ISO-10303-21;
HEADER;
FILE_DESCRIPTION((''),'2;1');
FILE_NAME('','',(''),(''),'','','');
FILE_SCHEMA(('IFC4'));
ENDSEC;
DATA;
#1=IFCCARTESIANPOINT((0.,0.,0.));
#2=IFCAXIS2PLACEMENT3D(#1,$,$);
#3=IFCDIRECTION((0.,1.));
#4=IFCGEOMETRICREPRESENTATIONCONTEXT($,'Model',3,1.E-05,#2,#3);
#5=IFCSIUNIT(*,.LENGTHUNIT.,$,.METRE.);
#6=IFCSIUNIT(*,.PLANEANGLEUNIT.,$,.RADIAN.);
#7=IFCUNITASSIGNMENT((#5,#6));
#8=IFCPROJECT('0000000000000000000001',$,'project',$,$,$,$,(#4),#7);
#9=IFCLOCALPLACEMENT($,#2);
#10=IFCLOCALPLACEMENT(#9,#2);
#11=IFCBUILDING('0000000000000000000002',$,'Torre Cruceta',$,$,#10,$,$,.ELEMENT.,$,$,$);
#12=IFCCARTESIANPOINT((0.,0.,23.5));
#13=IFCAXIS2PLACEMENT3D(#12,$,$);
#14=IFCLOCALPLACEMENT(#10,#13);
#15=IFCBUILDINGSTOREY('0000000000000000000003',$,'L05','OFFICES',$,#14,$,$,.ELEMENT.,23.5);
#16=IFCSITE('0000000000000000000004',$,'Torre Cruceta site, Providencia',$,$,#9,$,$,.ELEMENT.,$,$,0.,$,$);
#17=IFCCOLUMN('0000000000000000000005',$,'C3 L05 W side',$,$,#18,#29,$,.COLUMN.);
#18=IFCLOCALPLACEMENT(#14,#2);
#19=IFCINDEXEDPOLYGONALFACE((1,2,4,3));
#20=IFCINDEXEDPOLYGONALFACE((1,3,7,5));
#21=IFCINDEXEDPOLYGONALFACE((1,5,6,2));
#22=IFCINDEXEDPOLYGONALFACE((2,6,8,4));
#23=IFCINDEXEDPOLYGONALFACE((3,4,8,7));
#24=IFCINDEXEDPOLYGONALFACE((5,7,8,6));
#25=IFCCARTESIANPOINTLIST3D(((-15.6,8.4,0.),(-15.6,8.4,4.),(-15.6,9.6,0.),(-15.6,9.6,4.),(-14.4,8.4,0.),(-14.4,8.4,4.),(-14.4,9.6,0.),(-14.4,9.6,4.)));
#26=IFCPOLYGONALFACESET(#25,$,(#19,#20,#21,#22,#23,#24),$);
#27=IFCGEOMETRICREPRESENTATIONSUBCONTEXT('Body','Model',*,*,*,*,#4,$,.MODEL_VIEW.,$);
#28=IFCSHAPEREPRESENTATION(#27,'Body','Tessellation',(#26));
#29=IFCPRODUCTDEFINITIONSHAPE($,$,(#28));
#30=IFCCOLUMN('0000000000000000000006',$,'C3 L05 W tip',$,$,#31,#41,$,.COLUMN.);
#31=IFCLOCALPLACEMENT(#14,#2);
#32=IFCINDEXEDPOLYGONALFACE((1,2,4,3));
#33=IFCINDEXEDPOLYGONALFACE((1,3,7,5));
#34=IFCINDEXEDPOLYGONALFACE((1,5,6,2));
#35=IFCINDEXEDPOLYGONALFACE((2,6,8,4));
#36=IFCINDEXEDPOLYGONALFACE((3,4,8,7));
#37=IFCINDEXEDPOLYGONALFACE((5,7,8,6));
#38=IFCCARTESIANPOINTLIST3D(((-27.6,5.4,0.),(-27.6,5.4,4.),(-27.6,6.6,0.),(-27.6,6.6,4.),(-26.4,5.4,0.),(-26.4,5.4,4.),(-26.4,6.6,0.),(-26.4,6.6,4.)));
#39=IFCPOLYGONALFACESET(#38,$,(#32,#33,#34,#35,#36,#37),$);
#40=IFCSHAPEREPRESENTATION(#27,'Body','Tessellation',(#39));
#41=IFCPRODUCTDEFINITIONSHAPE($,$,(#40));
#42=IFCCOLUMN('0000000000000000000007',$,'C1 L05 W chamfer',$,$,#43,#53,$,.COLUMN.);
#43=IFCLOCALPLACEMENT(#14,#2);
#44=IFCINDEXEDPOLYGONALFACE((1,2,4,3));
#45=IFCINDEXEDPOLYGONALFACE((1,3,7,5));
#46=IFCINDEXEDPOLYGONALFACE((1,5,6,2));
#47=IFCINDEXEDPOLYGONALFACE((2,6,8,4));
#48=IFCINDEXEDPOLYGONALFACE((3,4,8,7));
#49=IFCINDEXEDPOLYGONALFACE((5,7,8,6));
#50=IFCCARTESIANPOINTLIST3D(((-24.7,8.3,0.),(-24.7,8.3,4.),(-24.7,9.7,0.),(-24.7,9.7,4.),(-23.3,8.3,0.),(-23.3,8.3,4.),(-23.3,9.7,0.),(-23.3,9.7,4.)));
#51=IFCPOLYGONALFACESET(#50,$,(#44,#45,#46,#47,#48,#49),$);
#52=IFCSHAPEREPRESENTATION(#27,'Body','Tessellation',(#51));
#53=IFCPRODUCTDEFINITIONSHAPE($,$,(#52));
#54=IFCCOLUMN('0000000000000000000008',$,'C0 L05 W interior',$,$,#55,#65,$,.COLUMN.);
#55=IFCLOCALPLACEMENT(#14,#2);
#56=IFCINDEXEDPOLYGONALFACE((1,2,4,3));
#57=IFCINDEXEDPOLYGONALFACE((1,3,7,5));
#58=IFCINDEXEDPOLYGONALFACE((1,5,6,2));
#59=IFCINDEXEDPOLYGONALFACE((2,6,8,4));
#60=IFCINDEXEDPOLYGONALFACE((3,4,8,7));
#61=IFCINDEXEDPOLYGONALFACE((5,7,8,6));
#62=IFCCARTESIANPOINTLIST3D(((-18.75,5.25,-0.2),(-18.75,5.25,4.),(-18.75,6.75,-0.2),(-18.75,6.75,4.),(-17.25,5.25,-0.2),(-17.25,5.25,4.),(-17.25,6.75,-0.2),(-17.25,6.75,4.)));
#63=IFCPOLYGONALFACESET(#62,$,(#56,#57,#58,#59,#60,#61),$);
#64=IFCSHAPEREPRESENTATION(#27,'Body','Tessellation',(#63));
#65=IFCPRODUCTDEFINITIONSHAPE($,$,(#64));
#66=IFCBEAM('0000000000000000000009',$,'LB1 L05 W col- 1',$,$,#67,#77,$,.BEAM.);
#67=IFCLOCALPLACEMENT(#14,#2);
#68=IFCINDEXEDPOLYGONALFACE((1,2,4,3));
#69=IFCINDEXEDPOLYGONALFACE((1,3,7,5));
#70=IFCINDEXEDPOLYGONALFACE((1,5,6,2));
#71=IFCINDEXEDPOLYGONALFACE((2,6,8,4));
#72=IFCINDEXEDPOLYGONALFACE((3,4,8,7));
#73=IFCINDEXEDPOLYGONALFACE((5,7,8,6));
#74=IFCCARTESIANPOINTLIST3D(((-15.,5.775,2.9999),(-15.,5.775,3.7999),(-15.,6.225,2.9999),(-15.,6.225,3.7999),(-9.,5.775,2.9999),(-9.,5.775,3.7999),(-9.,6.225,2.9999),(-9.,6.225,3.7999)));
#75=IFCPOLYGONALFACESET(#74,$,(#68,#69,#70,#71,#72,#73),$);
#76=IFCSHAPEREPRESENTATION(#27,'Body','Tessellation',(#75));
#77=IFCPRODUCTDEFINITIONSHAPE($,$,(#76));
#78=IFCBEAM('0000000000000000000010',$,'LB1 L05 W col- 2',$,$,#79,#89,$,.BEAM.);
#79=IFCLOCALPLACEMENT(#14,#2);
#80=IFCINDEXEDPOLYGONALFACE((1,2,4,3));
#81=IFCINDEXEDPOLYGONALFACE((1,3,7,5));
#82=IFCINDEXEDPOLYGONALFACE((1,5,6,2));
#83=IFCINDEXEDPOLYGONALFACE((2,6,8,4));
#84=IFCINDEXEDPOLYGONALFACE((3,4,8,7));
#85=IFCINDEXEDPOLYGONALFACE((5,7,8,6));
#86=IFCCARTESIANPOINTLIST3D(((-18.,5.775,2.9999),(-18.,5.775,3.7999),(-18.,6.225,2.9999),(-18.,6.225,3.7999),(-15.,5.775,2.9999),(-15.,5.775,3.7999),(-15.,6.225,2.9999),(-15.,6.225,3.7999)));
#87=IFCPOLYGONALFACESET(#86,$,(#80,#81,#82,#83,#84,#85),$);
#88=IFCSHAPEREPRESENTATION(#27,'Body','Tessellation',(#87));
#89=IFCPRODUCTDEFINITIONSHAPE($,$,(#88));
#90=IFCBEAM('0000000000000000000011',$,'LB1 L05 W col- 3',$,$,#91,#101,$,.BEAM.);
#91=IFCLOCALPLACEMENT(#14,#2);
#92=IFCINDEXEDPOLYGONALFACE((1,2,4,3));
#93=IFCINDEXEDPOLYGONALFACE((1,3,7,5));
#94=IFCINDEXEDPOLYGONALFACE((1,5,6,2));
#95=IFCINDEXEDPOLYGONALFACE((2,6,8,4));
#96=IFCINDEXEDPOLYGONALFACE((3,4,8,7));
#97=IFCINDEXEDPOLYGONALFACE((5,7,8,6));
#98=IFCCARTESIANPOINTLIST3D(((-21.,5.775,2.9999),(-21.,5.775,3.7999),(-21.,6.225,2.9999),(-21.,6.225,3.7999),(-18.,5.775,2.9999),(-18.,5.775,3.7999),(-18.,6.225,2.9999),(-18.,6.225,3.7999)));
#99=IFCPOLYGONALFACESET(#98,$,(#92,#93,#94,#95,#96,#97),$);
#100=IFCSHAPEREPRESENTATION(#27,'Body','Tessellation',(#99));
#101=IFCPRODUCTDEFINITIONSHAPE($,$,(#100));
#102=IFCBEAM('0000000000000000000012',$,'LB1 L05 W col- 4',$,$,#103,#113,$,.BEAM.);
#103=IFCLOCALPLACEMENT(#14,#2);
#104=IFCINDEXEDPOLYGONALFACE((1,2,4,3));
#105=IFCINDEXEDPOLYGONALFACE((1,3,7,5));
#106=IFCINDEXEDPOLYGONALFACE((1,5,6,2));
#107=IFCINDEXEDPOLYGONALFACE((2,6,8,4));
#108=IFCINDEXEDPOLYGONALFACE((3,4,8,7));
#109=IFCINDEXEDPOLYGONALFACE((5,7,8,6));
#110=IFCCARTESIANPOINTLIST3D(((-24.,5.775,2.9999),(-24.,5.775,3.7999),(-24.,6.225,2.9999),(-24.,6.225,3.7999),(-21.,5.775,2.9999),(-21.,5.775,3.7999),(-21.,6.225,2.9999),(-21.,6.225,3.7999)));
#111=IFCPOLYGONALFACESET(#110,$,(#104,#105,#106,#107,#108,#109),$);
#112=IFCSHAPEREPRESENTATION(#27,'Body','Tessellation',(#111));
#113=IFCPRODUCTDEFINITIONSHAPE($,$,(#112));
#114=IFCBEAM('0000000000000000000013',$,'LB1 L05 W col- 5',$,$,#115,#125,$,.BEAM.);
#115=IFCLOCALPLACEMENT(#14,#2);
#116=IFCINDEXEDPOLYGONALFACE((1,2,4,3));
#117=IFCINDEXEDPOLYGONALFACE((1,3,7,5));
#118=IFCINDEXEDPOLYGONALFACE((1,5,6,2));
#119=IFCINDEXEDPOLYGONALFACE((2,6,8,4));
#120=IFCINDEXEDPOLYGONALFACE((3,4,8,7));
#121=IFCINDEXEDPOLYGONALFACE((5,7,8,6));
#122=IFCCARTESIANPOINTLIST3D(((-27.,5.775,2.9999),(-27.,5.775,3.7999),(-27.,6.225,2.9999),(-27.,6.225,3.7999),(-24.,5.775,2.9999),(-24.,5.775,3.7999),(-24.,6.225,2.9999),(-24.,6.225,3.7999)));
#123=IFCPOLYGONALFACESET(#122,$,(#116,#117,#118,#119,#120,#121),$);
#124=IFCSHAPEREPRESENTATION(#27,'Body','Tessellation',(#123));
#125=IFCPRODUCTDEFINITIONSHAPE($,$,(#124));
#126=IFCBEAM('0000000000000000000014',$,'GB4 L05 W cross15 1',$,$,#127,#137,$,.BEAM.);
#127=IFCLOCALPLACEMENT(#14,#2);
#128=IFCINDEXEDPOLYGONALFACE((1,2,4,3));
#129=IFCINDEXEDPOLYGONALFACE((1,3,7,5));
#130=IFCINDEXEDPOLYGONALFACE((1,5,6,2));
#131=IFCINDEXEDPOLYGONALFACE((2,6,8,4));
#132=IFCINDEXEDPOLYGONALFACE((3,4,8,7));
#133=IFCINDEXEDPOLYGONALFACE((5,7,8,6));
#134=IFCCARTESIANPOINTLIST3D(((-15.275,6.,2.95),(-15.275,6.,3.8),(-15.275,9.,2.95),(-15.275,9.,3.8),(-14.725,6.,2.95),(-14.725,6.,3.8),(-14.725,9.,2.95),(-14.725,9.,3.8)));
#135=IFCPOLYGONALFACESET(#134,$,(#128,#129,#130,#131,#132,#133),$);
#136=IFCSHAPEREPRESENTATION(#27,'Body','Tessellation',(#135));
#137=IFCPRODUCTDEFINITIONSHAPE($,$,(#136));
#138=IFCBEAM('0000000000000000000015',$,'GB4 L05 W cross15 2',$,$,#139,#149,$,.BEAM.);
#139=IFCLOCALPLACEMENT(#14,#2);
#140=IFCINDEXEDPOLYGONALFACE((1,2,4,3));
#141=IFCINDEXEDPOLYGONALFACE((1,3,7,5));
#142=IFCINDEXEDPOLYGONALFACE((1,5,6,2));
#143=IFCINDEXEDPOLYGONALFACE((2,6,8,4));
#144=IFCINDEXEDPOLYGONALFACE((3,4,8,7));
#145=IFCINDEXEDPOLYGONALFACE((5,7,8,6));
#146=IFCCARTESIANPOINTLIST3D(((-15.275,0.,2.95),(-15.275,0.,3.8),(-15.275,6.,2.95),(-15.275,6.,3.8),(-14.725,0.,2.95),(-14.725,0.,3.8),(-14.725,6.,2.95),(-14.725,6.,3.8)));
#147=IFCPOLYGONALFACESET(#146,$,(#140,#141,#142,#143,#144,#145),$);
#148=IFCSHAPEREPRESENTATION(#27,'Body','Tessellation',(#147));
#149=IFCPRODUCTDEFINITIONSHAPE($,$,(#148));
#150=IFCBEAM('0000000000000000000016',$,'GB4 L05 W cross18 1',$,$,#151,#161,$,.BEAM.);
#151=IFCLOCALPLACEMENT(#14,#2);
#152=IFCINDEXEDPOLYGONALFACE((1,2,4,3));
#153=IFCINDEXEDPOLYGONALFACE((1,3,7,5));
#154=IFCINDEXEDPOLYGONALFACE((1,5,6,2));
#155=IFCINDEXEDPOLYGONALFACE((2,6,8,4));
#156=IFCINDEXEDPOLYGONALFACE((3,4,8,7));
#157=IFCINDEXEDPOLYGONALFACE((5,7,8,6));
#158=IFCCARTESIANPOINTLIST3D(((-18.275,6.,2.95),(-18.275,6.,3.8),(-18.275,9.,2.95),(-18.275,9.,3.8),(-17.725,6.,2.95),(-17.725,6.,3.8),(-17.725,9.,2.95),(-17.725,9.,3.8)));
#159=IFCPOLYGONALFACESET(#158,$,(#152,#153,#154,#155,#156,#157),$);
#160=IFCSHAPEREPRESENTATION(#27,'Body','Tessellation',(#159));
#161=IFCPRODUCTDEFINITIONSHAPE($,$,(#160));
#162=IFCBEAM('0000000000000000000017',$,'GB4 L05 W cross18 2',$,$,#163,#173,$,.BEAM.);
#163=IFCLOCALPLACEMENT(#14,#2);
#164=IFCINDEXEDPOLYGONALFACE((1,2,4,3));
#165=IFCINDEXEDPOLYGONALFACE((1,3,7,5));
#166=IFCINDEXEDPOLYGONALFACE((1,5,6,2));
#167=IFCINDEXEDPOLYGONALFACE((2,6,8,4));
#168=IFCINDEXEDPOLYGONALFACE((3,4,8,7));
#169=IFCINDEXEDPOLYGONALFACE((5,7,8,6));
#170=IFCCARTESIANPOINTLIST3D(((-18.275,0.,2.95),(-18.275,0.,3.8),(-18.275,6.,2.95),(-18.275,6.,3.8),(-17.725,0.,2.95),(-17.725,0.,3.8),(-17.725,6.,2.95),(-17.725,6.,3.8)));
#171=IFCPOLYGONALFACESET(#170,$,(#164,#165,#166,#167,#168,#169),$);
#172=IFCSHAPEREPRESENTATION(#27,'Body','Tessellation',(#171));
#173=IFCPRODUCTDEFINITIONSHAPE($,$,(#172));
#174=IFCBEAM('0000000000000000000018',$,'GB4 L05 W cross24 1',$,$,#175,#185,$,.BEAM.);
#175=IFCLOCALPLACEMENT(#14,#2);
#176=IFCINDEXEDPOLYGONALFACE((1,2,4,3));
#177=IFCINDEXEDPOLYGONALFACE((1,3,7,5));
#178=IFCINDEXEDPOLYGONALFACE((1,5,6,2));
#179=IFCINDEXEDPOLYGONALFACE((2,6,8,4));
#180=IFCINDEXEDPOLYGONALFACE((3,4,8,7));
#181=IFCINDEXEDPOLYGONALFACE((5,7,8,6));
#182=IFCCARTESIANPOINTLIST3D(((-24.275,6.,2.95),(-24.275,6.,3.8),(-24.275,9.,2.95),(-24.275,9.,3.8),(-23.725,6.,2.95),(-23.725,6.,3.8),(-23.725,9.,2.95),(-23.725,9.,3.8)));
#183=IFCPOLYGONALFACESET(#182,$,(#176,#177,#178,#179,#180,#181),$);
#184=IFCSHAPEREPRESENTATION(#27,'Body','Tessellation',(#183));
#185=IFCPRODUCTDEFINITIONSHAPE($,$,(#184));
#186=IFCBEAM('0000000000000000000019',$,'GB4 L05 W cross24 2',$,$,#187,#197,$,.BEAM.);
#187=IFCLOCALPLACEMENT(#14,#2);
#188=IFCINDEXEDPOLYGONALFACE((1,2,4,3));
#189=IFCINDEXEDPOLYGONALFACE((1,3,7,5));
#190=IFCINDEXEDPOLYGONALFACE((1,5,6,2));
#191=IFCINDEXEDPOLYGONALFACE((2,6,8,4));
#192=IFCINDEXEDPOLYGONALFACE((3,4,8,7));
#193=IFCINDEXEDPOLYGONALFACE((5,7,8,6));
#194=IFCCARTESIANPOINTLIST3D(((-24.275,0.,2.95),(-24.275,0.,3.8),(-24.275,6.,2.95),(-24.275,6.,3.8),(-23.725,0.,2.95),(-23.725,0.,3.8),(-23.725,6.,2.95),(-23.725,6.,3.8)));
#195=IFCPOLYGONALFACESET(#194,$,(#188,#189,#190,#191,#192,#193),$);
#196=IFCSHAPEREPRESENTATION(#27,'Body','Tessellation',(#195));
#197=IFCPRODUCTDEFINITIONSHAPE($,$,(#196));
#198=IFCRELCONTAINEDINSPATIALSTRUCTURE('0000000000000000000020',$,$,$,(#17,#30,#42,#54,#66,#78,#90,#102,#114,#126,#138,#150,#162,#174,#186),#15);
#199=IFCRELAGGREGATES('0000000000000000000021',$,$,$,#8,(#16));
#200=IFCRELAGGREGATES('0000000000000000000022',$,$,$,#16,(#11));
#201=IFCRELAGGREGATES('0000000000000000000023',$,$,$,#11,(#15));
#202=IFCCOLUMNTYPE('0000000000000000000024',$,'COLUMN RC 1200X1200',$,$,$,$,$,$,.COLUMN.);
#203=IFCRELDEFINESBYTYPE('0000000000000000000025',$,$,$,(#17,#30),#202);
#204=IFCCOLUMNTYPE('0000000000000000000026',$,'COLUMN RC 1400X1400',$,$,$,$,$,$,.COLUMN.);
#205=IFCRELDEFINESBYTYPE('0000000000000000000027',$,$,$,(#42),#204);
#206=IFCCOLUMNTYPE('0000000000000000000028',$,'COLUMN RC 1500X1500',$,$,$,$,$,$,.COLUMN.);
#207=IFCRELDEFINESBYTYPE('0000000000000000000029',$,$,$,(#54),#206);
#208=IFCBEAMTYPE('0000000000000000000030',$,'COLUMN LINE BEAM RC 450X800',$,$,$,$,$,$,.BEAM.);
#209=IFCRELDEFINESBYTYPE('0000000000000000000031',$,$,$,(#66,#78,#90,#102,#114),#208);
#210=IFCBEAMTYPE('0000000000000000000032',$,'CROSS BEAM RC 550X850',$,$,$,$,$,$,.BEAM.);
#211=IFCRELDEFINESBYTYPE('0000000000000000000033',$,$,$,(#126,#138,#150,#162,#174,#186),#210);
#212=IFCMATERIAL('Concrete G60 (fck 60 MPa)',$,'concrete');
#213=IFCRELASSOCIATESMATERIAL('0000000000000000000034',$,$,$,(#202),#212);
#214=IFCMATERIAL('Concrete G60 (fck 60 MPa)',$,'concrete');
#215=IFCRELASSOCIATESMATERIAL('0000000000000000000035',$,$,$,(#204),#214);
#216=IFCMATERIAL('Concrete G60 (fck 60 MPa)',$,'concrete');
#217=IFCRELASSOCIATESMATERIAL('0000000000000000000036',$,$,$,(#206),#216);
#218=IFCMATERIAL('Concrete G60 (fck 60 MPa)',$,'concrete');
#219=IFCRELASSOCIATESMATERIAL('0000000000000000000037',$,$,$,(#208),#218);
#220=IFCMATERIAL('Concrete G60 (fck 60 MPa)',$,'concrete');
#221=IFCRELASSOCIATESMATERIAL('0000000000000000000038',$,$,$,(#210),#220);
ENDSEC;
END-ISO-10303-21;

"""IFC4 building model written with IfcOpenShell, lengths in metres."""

from ifc_helpers import new_model, si_unit, direction, frame, origin, origin_2d, place, context, subcontext, project, spatial, rectangle, extrude, material, material_profile, profile_set, type_object, element, save


model = new_model("IFC4")

# Units and contexts
model_context = context("Model", 3, precision=1e-05, world=origin(), true_north=direction((0.0, 1.0)))
body_context = subcontext(model_context, "Body", "Model", "MODEL_VIEW")
ifc_project = project(units=[si_unit("LENGTHUNIT", "METRE"), si_unit("PLANEANGLEUNIT", "RADIAN")], contexts=[model_context])

# Site, building, storey
site_placement = place(None, origin())
site = spatial("IfcSite", under=ifc_project, at=site_placement, Name="Torre Cruceta site, Providencia", CompositionType="ELEMENT", RefElevation=0.0)
building_placement = place(site_placement, origin())
building = spatial("IfcBuilding", under=site, at=building_placement, Name="Torre Cruceta", CompositionType="ELEMENT")
storey_placement = place(building_placement, frame((0.0, 0.0, 23.5)))
storey = spatial("IfcBuildingStorey", under=building, at=storey_placement, Name="L05", Description="OFFICES", CompositionType="ELEMENT", Elevation=23.5)

# Columns
ifc_material_1 = material(Name="Concrete G60 (fck 60 MPa)", Category="concrete")
ifc_material_profile_1 = material_profile(ifc_material_1, rectangle(XDim=1.2, YDim=1.2, at=origin_2d()), Name="RC 1200X1200")
ifc_profile_set_1 = profile_set([ifc_material_profile_1], Name="Concrete G60 (fck 60 MPa)")
column_type_1 = type_object("IfcColumnType", Name="COLUMN RC 1200X1200", PredefinedType="COLUMN", material=ifc_profile_set_1)
for number, where, z_axis, x_axis, name in (
    (1, (-15.0, 9.0, 0.0), (0.0, 0.0, 1.0), (1.0, 0.0, 0.0), "C3 L05 W side"),
    (2, (-27.0, 6.0, 0.0), (0.0, 0.0, 1.0), (1.0, 0.0, 0.0), "C3 L05 W tip"),
):
    element("IfcColumn", number, at=place(storey_placement, frame(where, z_axis=z_axis, x_axis=x_axis)), inside=storey, type_object=column_type_1, Name=name, PredefinedType="COLUMN", context=body_context, shape_type="SweptSolid", body=[
        extrude(rectangle(XDim=1.2, YDim=1.2, at=origin_2d()), origin(), (0.0, 0.0, 1.0), 4.0),
    ])
ifc_material_2 = material(Name="Concrete G60 (fck 60 MPa)", Category="concrete")
ifc_material_profile_2 = material_profile(ifc_material_2, rectangle(XDim=1.3999, YDim=1.3999, at=origin_2d()), Name="RC 1400X1400")
ifc_profile_set_2 = profile_set([ifc_material_profile_2], Name="Concrete G60 (fck 60 MPa)")
column_type_2 = type_object("IfcColumnType", Name="COLUMN RC 1400X1400", PredefinedType="COLUMN", material=ifc_profile_set_2)
column_1_placement = place(storey_placement, frame((-24.0, 9.0, 0.0), z_axis=(0.0, 0.0, 1.0), x_axis=(1.0, 0.0, 0.0)))
element("IfcColumn", 3, at=column_1_placement, inside=storey, type_object=column_type_2, Name="C1 L05 W chamfer", PredefinedType="COLUMN", context=body_context, shape_type="SweptSolid", body=[
    extrude(rectangle(XDim=1.3999, YDim=1.3999, at=origin_2d()), origin(), (0.0, 0.0, 1.0), 4.0),
])
ifc_material_3 = material(Name="Concrete G60 (fck 60 MPa)", Category="concrete")
ifc_material_profile_3 = material_profile(ifc_material_3, rectangle(XDim=1.5, YDim=1.5, at=origin_2d()), Name="RC 1500X1500")
ifc_profile_set_3 = profile_set([ifc_material_profile_3], Name="Concrete G60 (fck 60 MPa)")
column_type_3 = type_object("IfcColumnType", Name="COLUMN RC 1500X1500", PredefinedType="COLUMN", material=ifc_profile_set_3)
column_2_placement = place(storey_placement, frame((-18.0, 6.0, -0.2), z_axis=(0.0, 0.0, 1.0), x_axis=(1.0, 0.0, 0.0)))
element("IfcColumn", 4, at=column_2_placement, inside=storey, type_object=column_type_3, Name="C0 L05 W interior", PredefinedType="COLUMN", context=body_context, shape_type="SweptSolid", body=[
    extrude(rectangle(XDim=1.5, YDim=1.5, at=origin_2d()), origin(), (0.0, 0.0, 1.0), 4.2),
])

# Beams
ifc_material_4 = material(Name="Concrete G60 (fck 60 MPa)", Category="concrete")
ifc_material_profile_4 = material_profile(ifc_material_4, rectangle(XDim=0.45, YDim=0.8, at=origin_2d()), Name="RC 450X800")
ifc_profile_set_4 = profile_set([ifc_material_profile_4], Name="Concrete G60 (fck 60 MPa)")
beam_type_1 = type_object("IfcBeamType", Name="COLUMN LINE BEAM RC 450X800", PredefinedType="BEAM", material=ifc_profile_set_4)
beam_1_placement = place(storey_placement, frame((-9.0, 6.0, 3.3999), z_axis=(-1.0, 0.0, 0.0), x_axis=(0.0, -1.0, 0.0)))
element("IfcBeam", 5, at=beam_1_placement, inside=storey, type_object=beam_type_1, Name="LB1 L05 W col- 1", PredefinedType="BEAM", context=body_context, shape_type="SweptSolid", body=[
    extrude(rectangle(XDim=0.45, YDim=0.8, at=origin_2d()), origin(), (0.0, 0.0, 1.0), 6.0),
])
for number, where, z_axis, x_axis, name in (
    (6, (-15.0, 6.0, 3.3999), (-1.0, 0.0, 0.0), (0.0, -1.0, 0.0), "LB1 L05 W col- 2"),
    (7, (-18.0, 6.0, 3.3999), (-1.0, 0.0, 0.0), (0.0, -1.0, 0.0), "LB1 L05 W col- 3"),
    (8, (-21.0, 6.0, 3.3999), (-1.0, 0.0, 0.0), (0.0, -1.0, 0.0), "LB1 L05 W col- 4"),
    (9, (-24.0, 6.0, 3.3999), (-1.0, 0.0, 0.0), (0.0, -1.0, 0.0), "LB1 L05 W col- 5"),
):
    element("IfcBeam", number, at=place(storey_placement, frame(where, z_axis=z_axis, x_axis=x_axis)), inside=storey, type_object=beam_type_1, Name=name, PredefinedType="BEAM", context=body_context, shape_type="SweptSolid", body=[
        extrude(rectangle(XDim=0.45, YDim=0.8, at=origin_2d()), origin(), (0.0, 0.0, 1.0), 3.0),
    ])
ifc_material_5 = material(Name="Concrete G60 (fck 60 MPa)", Category="concrete")
ifc_material_profile_5 = material_profile(ifc_material_5, rectangle(XDim=0.55, YDim=0.8501, at=origin_2d()), Name="RC 550X850")
ifc_profile_set_5 = profile_set([ifc_material_profile_5], Name="Concrete G60 (fck 60 MPa)")
beam_type_2 = type_object("IfcBeamType", Name="CROSS BEAM RC 550X850", PredefinedType="BEAM", material=ifc_profile_set_5)
beam_2_placement = place(storey_placement, frame((-15.0, 9.0, 3.375), z_axis=(0.0, -1.0, 0.0), x_axis=(1.0, 0.0, 0.0)))
element("IfcBeam", 10, at=beam_2_placement, inside=storey, type_object=beam_type_2, Name="GB4 L05 W cross15 1", PredefinedType="BEAM", context=body_context, shape_type="SweptSolid", body=[
    extrude(rectangle(XDim=0.55, YDim=0.8501, at=origin_2d()), origin(), (0.0, 0.0, 1.0), 3.0),
])
beam_3_placement = place(storey_placement, frame((-15.0, 6.0, 3.375), z_axis=(0.0, -1.0, 0.0), x_axis=(1.0, 0.0, 0.0)))
element("IfcBeam", 11, at=beam_3_placement, inside=storey, type_object=beam_type_2, Name="GB4 L05 W cross15 2", PredefinedType="BEAM", context=body_context, shape_type="SweptSolid", body=[
    extrude(rectangle(XDim=0.55, YDim=0.8501, at=origin_2d()), origin(), (0.0, 0.0, 1.0), 6.0),
])
beam_4_placement = place(storey_placement, frame((-18.0, 9.0, 3.375), z_axis=(0.0, -1.0, 0.0), x_axis=(1.0, 0.0, 0.0)))
element("IfcBeam", 12, at=beam_4_placement, inside=storey, type_object=beam_type_2, Name="GB4 L05 W cross18 1", PredefinedType="BEAM", context=body_context, shape_type="SweptSolid", body=[
    extrude(rectangle(XDim=0.55, YDim=0.8501, at=origin_2d()), origin(), (0.0, 0.0, 1.0), 3.0),
])
beam_5_placement = place(storey_placement, frame((-18.0, 6.0, 3.375), z_axis=(0.0, -1.0, 0.0), x_axis=(1.0, 0.0, 0.0)))
element("IfcBeam", 13, at=beam_5_placement, inside=storey, type_object=beam_type_2, Name="GB4 L05 W cross18 2", PredefinedType="BEAM", context=body_context, shape_type="SweptSolid", body=[
    extrude(rectangle(XDim=0.55, YDim=0.8501, at=origin_2d()), origin(), (0.0, 0.0, 1.0), 6.0),
])
beam_6_placement = place(storey_placement, frame((-24.0, 9.0, 3.375), z_axis=(0.0, -1.0, 0.0), x_axis=(1.0, 0.0, 0.0)))
element("IfcBeam", 14, at=beam_6_placement, inside=storey, type_object=beam_type_2, Name="GB4 L05 W cross24 1", PredefinedType="BEAM", context=body_context, shape_type="SweptSolid", body=[
    extrude(rectangle(XDim=0.55, YDim=0.8501, at=origin_2d()), origin(), (0.0, 0.0, 1.0), 3.0),
])
beam_7_placement = place(storey_placement, frame((-24.0, 6.0, 3.375), z_axis=(0.0, -1.0, 0.0), x_axis=(1.0, 0.0, 0.0)))
element("IfcBeam", 15, at=beam_7_placement, inside=storey, type_object=beam_type_2, Name="GB4 L05 W cross24 2", PredefinedType="BEAM", context=body_context, shape_type="SweptSolid", body=[
    extrude(rectangle(XDim=0.55, YDim=0.8501, at=origin_2d()), origin(), (0.0, 0.0, 1.0), 6.0),
])

save(model, "model.ifc")
